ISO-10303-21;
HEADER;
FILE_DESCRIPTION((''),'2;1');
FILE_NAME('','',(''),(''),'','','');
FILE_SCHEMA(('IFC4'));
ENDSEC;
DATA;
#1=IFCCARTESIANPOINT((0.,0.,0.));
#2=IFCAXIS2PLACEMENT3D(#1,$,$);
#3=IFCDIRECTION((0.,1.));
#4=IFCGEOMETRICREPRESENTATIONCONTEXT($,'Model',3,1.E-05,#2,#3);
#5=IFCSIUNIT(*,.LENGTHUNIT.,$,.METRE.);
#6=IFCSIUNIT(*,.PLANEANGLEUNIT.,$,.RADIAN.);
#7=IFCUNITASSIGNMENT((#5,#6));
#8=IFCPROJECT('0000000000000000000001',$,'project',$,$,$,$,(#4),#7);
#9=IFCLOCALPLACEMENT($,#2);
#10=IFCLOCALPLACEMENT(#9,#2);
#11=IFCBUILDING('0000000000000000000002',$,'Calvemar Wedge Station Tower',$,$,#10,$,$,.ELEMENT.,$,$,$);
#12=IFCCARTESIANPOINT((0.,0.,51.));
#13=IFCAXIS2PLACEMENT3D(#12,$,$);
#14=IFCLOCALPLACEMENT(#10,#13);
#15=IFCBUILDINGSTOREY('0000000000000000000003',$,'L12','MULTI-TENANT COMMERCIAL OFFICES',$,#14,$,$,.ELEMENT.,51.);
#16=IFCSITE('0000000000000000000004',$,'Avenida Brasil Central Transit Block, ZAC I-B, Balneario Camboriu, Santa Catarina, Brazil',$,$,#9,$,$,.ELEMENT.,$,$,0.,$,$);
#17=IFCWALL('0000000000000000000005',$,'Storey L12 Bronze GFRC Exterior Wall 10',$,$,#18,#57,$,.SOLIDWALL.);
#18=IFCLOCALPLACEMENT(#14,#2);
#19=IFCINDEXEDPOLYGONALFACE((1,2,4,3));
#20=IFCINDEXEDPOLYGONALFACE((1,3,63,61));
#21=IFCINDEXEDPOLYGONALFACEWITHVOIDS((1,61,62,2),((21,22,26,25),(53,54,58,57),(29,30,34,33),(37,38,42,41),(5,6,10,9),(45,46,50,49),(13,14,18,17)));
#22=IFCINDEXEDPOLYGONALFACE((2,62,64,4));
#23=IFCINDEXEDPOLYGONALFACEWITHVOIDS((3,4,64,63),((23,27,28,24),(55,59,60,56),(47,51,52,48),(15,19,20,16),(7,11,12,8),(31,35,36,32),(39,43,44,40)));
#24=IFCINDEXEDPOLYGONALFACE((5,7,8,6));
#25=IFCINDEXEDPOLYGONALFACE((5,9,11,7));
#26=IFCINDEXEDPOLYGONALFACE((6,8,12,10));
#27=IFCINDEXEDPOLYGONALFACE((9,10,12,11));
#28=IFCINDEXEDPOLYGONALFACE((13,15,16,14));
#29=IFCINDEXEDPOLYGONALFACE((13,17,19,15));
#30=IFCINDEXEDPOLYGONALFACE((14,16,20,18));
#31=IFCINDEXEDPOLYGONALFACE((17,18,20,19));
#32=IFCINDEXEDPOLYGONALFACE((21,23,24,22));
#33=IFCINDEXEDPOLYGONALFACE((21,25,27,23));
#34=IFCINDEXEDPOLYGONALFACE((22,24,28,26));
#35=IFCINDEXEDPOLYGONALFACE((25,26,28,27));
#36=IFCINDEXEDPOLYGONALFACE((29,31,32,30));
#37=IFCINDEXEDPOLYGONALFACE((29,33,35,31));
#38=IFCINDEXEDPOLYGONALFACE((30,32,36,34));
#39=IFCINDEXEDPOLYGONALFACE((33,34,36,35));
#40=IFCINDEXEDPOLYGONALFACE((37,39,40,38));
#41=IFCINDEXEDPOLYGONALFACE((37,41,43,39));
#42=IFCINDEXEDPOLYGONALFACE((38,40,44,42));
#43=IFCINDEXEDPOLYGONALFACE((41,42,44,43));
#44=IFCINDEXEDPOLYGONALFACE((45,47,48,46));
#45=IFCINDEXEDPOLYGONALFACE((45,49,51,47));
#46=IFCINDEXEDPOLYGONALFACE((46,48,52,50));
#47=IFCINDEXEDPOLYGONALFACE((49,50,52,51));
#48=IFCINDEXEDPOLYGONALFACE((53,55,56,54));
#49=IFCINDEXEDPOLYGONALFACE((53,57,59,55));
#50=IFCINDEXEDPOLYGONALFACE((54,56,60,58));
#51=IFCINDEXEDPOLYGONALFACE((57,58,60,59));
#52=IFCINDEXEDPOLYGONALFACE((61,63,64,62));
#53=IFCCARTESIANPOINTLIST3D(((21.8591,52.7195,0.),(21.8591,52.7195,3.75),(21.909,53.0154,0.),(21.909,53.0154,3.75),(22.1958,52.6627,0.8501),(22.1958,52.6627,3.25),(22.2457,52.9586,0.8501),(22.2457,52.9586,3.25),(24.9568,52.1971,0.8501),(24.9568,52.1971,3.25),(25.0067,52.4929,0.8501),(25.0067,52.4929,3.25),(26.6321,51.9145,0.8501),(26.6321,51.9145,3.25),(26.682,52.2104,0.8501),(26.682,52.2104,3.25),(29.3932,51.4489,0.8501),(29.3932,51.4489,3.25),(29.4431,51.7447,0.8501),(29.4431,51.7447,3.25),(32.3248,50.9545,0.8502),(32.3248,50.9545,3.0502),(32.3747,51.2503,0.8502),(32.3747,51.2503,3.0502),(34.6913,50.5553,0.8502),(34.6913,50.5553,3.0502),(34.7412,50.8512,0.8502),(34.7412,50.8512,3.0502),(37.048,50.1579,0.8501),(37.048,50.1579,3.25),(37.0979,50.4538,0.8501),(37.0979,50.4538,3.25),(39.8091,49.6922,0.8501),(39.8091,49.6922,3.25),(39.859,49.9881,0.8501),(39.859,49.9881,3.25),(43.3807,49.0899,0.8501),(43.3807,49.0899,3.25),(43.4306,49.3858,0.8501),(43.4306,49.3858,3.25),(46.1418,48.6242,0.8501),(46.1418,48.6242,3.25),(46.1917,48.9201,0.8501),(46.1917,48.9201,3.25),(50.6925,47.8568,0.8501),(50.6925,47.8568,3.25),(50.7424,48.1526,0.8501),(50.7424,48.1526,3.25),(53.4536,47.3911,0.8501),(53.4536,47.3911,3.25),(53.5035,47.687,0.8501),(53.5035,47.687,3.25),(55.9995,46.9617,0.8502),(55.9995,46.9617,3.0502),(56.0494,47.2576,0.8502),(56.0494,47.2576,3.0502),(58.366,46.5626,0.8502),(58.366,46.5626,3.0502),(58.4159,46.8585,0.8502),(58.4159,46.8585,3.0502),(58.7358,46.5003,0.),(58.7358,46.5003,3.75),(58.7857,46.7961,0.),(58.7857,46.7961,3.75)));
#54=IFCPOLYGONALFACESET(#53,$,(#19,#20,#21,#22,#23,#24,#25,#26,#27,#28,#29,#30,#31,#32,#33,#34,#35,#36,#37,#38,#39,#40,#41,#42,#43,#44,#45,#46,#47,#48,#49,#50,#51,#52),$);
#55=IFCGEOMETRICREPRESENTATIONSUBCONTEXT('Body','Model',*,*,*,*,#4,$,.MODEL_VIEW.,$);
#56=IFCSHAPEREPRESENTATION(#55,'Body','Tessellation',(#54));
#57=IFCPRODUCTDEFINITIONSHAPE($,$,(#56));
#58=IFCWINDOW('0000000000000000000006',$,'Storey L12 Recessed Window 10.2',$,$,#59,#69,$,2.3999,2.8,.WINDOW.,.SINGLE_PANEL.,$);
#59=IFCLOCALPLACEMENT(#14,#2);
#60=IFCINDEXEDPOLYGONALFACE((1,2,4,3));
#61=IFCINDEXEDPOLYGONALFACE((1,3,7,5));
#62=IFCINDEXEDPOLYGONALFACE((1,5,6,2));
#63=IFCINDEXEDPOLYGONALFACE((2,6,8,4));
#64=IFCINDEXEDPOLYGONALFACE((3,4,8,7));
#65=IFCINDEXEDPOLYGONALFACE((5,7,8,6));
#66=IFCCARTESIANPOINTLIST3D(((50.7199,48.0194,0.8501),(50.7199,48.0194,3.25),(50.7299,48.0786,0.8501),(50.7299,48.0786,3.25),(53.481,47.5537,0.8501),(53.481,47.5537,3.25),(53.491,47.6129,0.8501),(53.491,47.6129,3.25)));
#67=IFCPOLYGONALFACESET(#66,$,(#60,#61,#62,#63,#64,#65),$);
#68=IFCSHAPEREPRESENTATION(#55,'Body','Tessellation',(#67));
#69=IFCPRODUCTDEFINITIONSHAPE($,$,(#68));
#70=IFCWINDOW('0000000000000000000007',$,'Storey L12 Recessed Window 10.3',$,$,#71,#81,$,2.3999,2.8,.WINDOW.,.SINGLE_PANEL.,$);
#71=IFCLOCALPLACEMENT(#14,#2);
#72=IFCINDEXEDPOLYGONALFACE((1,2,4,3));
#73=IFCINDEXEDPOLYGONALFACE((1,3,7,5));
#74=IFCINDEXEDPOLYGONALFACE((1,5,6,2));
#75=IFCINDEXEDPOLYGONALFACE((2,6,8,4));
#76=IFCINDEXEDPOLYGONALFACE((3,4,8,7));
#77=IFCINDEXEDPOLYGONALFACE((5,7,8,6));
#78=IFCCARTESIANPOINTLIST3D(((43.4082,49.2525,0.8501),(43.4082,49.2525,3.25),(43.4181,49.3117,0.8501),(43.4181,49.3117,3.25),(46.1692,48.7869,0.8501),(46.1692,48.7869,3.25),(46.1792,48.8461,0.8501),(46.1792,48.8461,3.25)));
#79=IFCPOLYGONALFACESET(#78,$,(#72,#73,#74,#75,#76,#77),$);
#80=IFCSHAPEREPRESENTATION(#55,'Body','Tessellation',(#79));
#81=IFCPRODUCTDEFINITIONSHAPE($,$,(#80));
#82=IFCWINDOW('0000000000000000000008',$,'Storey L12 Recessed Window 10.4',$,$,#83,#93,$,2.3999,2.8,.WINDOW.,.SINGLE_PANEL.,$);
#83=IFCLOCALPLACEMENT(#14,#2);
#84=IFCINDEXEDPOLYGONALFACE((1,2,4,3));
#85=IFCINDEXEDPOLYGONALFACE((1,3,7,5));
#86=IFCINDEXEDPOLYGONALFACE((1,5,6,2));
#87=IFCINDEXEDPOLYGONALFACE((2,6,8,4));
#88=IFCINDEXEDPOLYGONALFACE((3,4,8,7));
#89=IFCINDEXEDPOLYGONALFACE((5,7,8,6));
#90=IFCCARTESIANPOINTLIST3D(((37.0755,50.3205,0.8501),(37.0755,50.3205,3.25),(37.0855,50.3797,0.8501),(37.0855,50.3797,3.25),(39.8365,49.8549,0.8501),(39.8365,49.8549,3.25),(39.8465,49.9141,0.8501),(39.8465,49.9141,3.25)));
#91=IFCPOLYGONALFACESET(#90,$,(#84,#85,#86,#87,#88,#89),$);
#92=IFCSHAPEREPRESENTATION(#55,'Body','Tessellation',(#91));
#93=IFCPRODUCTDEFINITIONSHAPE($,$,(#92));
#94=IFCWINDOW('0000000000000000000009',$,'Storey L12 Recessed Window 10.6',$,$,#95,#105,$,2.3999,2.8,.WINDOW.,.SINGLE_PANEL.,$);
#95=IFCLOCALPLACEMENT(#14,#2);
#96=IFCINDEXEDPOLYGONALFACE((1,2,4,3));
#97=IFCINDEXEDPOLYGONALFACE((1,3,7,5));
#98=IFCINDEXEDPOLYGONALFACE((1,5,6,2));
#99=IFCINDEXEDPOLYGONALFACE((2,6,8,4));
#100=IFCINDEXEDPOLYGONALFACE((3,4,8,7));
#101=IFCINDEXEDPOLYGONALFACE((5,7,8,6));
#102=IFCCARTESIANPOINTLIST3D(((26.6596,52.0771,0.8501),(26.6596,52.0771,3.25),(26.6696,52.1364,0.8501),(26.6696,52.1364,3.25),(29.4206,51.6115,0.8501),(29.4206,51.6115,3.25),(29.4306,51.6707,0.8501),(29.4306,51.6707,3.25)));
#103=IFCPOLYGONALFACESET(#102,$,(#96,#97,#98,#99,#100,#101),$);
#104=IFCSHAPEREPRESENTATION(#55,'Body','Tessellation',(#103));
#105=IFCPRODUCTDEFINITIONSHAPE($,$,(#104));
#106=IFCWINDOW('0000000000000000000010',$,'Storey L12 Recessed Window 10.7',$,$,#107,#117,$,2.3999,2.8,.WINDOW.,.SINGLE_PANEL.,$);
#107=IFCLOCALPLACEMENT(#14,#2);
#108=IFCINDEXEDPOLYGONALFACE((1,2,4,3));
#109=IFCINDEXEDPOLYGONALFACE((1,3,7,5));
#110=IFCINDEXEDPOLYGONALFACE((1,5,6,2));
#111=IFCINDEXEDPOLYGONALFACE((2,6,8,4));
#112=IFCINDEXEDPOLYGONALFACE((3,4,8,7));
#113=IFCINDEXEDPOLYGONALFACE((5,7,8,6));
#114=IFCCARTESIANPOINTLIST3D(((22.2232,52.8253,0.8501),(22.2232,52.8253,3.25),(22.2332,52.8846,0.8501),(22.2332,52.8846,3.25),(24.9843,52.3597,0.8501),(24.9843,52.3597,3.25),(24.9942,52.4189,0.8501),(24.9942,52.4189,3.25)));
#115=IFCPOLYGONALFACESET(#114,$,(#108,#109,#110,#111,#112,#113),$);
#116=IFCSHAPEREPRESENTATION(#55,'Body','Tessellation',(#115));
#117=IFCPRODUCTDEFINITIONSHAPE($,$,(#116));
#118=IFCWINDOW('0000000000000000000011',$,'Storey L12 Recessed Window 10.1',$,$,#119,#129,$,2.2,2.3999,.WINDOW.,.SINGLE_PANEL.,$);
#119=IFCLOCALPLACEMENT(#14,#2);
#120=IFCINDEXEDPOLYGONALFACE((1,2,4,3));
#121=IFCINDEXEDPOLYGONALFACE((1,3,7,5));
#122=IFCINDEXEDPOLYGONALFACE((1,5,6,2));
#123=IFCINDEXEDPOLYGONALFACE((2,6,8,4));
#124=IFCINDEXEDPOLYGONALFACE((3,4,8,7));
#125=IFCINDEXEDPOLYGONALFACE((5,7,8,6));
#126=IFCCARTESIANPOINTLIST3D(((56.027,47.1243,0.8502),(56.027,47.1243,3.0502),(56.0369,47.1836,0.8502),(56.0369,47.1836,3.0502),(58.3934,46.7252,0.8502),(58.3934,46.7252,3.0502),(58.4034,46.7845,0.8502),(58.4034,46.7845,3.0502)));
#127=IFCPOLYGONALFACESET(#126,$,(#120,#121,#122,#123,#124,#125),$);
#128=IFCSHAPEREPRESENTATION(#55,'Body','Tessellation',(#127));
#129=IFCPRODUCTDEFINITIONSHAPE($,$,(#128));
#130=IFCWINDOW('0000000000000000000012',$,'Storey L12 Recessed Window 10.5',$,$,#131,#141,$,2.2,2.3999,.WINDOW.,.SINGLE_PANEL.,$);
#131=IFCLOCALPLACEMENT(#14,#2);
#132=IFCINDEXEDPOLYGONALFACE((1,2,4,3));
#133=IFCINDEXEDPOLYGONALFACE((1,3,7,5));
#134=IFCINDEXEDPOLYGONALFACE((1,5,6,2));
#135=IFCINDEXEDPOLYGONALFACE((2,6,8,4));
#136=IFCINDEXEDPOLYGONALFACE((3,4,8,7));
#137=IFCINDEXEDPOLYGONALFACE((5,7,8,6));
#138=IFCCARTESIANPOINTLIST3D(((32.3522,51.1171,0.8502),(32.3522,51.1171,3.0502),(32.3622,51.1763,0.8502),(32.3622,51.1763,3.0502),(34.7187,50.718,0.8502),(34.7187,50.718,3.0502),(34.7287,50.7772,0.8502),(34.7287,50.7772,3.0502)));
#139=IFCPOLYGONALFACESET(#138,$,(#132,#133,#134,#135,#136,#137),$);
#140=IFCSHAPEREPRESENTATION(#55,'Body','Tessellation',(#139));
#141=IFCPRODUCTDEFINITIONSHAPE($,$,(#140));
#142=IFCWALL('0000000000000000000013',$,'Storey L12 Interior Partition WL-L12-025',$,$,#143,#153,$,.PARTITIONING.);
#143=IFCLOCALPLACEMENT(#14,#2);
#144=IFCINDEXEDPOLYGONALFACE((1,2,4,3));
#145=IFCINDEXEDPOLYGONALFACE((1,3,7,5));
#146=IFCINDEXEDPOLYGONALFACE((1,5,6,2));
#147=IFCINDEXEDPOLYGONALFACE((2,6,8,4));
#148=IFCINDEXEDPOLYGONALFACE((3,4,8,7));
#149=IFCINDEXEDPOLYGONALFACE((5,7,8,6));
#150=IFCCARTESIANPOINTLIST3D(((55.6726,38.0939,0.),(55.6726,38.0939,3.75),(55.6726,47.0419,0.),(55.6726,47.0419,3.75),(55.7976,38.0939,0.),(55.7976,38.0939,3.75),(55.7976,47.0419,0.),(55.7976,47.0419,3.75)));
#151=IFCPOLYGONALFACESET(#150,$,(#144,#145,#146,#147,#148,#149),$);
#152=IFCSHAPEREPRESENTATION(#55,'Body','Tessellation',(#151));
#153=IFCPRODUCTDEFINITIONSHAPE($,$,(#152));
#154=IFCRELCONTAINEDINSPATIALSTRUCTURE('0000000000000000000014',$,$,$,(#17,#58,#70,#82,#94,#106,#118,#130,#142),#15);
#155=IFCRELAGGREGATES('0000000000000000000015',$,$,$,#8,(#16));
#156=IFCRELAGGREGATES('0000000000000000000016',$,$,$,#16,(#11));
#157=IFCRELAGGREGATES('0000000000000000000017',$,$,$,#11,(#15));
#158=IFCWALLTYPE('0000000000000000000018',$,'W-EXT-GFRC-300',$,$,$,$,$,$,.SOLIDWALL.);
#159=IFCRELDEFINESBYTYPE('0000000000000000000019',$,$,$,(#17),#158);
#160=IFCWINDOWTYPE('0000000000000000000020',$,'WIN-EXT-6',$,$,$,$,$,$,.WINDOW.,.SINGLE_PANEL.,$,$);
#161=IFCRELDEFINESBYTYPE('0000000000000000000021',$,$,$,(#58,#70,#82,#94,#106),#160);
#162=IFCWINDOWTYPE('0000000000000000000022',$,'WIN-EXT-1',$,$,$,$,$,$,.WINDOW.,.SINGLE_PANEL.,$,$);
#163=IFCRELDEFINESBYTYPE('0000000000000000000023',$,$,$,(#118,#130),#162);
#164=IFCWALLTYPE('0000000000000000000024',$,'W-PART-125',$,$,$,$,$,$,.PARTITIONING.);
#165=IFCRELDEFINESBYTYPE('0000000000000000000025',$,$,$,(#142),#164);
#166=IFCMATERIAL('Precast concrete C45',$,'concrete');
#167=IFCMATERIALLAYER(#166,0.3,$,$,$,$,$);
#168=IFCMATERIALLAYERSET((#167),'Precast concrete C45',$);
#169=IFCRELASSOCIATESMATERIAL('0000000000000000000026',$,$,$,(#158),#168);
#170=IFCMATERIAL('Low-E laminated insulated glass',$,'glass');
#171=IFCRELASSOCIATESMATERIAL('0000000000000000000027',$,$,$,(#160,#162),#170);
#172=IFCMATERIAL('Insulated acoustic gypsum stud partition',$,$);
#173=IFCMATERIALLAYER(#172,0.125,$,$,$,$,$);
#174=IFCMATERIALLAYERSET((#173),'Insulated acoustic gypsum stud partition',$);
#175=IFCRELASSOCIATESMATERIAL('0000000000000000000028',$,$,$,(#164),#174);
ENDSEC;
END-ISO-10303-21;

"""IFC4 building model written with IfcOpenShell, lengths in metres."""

from ifc_helpers import new_model, si_unit, direction, frame, frame_2d, origin, place, context, subcontext, project, spatial, rectangle, extrude, source, transform, mapped, material, layer, layer_set, type_object, element, fill, save


model = new_model("IFC4")

# Units and contexts
model_context = context("Model", 3, precision=1e-05, world=origin(), true_north=direction((0.0, 1.0)))
body_context = subcontext(model_context, "Body", "Model", "MODEL_VIEW")
ifc_project = project(units=[si_unit("LENGTHUNIT", "METRE"), si_unit("PLANEANGLEUNIT", "RADIAN")], contexts=[model_context])

# Site, building, storey
site_placement = place(None, origin())
site = spatial("IfcSite", under=ifc_project, at=site_placement, Name="Avenida Brasil Central Transit Block, ZAC I-B, Balneario Camboriu, Santa Catarina, Brazil", CompositionType="ELEMENT", RefElevation=0.0)
building_placement = place(site_placement, origin())
building = spatial("IfcBuilding", under=site, at=building_placement, Name="Calvemar Wedge Station Tower", CompositionType="ELEMENT")
storey_placement = place(building_placement, frame((0.0, 0.0, 51.0)))
storey = spatial("IfcBuildingStorey", under=building, at=storey_placement, Name="L12", Description="MULTI-TENANT COMMERCIAL OFFICES", CompositionType="ELEMENT", Elevation=51.0)

# Shared definitions
ifc_material_1 = material(Name="Low-E laminated insulated glass", Category="glass")

# Shared definitions
ifc_material_2 = material(Name="Precast concrete C45", Category="concrete")

# Shared definitions
ifc_layer_1 = layer(ifc_material_2, 0.3)
ifc_layer_set_1 = layer_set([ifc_layer_1], Name="Precast concrete C45")
wall_type_1 = type_object("IfcWallType", Name="W-EXT-GFRC-300", PredefinedType="SOLIDWALL", material=ifc_layer_set_1)

# Wall, openings, windows
wall_1_placement = place(storey_placement, frame((58.7607, 46.6482, 0.0), z_axis=(0.0, 0.0, 1.0), x_axis=(-0.986075, 0.166301, 0.0)))
wall_1 = element("IfcWall", 1, at=wall_1_placement, inside=storey, type_object=wall_type_1, Name="Storey L12 Bronze GFRC Exterior Wall 10", PredefinedType="SOLIDWALL", context=body_context, shape_type="SweptSolid", body=[
    extrude(rectangle(XDim=37.3975, YDim=0.3, at=frame_2d((18.6987, 0.0))), origin(), (0.0, 0.0, 1.0), 3.75),
])
shared_shape_1 = source(origin(), body_context, "Body", "SweptSolid", [
    extrude(rectangle(XDim=2.3999, YDim=2.2, at=frame_2d((1.2, 1.1001))), frame((0.0, 0.1602, 0.0), z_axis=(0.0, -1.0, 0.0), x_axis=(1.0, 0.0, 0.0)), (0.0, 0.0, 1.0), 0.3201),
])
opening_1_placement = place(wall_1_placement, frame((0.375, 0.0, 0.8501)))
opening_1 = element("IfcOpeningElement", 2, at=opening_1_placement, cuts=wall_1, PredefinedType="OPENING", context=body_context, shape_type="MappedRepresentation", body=[
    mapped(shared_shape_1, transform((0.0, 0.0, 0.0), scale=1.0)),
])
shared_shape_2 = source(origin(), body_context, "Body", "SweptSolid", [
    extrude(rectangle(XDim=2.8, YDim=2.3999, at=frame_2d((1.3999, 1.2))), frame((0.0, 0.1602, 0.0), z_axis=(0.0, -1.0, 0.0), x_axis=(1.0, 0.0, 0.0)), (0.0, 0.0, 1.0), 0.3201),
])
opening_2_placement = place(wall_1_placement, frame((5.3569, 0.0, 0.8501)))
opening_2 = element("IfcOpeningElement", 3, at=opening_2_placement, cuts=wall_1, PredefinedType="OPENING", context=body_context, shape_type="MappedRepresentation", body=[
    mapped(shared_shape_2, transform((0.0, 0.0, 0.0), scale=1.0)),
])
opening_3_placement = place(wall_1_placement, frame((12.772, 0.0, 0.8501)))
opening_3 = element("IfcOpeningElement", 4, at=opening_3_placement, cuts=wall_1, PredefinedType="OPENING", context=body_context, shape_type="MappedRepresentation", body=[
    mapped(shared_shape_2, transform((0.0, 0.0, 0.0), scale=1.0)),
])
opening_4_placement = place(wall_1_placement, frame((19.1941, 0.0, 0.8501)))
opening_4 = element("IfcOpeningElement", 5, at=opening_4_placement, cuts=wall_1, PredefinedType="OPENING", context=body_context, shape_type="MappedRepresentation", body=[
    mapped(shared_shape_2, transform((0.0, 0.0, 0.0), scale=1.0)),
])
opening_5_placement = place(wall_1_placement, frame((24.384, 0.0, 0.8501)))
opening_5 = element("IfcOpeningElement", 6, at=opening_5_placement, cuts=wall_1, PredefinedType="OPENING", context=body_context, shape_type="MappedRepresentation", body=[
    mapped(shared_shape_1, transform((0.0, 0.0, 0.0), scale=1.0)),
])
opening_6_placement = place(wall_1_placement, frame((29.7571, 0.0, 0.8501)))
opening_6 = element("IfcOpeningElement", 7, at=opening_6_placement, cuts=wall_1, PredefinedType="OPENING", context=body_context, shape_type="MappedRepresentation", body=[
    mapped(shared_shape_2, transform((0.0, 0.0, 0.0), scale=1.0)),
])
opening_7_placement = place(wall_1_placement, frame((34.2561, 0.0, 0.8501)))
opening_7 = element("IfcOpeningElement", 8, at=opening_7_placement, cuts=wall_1, PredefinedType="OPENING", context=body_context, shape_type="MappedRepresentation", body=[
    mapped(shared_shape_2, transform((0.0, 0.0, 0.0), scale=1.0)),
])
window_type_1 = type_object("IfcWindowType", Name="WIN-EXT-6", PartitioningType="SINGLE_PANEL", PredefinedType="WINDOW", material=ifc_material_1)
shared_shape_3 = source(origin(), body_context, "Body", "SweptSolid", [
    extrude(rectangle(XDim=2.8, YDim=2.3999, at=frame_2d((1.3999, 1.2))), frame((0.0, -0.0149, 0.0), z_axis=(0.0, -1.0, 0.0), x_axis=(1.0, 0.0, 0.0)), (0.0, 0.0, 1.0), 0.0601),
])
window_1_placement = place(opening_2_placement, origin())
window_1 = element("IfcWindow", 9, at=window_1_placement, inside=storey, type_object=window_type_1, Name="Storey L12 Recessed Window 10.2", OverallHeight=2.3999, OverallWidth=2.8, PartitioningType="SINGLE_PANEL", PredefinedType="WINDOW", context=body_context, shape_type="MappedRepresentation", body=[
    mapped(shared_shape_3, transform((0.0, 0.0, 0.0), scale=1.0)),
])
fill(opening_2, window_1)
window_2_placement = place(opening_3_placement, origin())
window_2 = element("IfcWindow", 10, at=window_2_placement, inside=storey, type_object=window_type_1, Name="Storey L12 Recessed Window 10.3", OverallHeight=2.3999, OverallWidth=2.8, PartitioningType="SINGLE_PANEL", PredefinedType="WINDOW", context=body_context, shape_type="MappedRepresentation", body=[
    mapped(shared_shape_3, transform((0.0, 0.0, 0.0), scale=1.0)),
])
fill(opening_3, window_2)
window_3_placement = place(opening_4_placement, origin())
window_3 = element("IfcWindow", 11, at=window_3_placement, inside=storey, type_object=window_type_1, Name="Storey L12 Recessed Window 10.4", OverallHeight=2.3999, OverallWidth=2.8, PartitioningType="SINGLE_PANEL", PredefinedType="WINDOW", context=body_context, shape_type="MappedRepresentation", body=[
    mapped(shared_shape_3, transform((0.0, 0.0, 0.0), scale=1.0)),
])
fill(opening_4, window_3)
window_4_placement = place(opening_6_placement, origin())
window_4 = element("IfcWindow", 12, at=window_4_placement, inside=storey, type_object=window_type_1, Name="Storey L12 Recessed Window 10.6", OverallHeight=2.3999, OverallWidth=2.8, PartitioningType="SINGLE_PANEL", PredefinedType="WINDOW", context=body_context, shape_type="MappedRepresentation", body=[
    mapped(shared_shape_3, transform((0.0, 0.0, 0.0), scale=1.0)),
])
fill(opening_6, window_4)
window_5_placement = place(opening_7_placement, origin())
window_5 = element("IfcWindow", 13, at=window_5_placement, inside=storey, type_object=window_type_1, Name="Storey L12 Recessed Window 10.7", OverallHeight=2.3999, OverallWidth=2.8, PartitioningType="SINGLE_PANEL", PredefinedType="WINDOW", context=body_context, shape_type="MappedRepresentation", body=[
    mapped(shared_shape_3, transform((0.0, 0.0, 0.0), scale=1.0)),
])
fill(opening_7, window_5)
window_type_2 = type_object("IfcWindowType", Name="WIN-EXT-1", PartitioningType="SINGLE_PANEL", PredefinedType="WINDOW", material=ifc_material_1)
shared_shape_4 = source(origin(), body_context, "Body", "SweptSolid", [
    extrude(rectangle(XDim=2.3999, YDim=2.2, at=frame_2d((1.2, 1.1001))), frame((0.0, -0.0149, 0.0), z_axis=(0.0, -1.0, 0.0), x_axis=(1.0, 0.0, 0.0)), (0.0, 0.0, 1.0), 0.0601),
])
window_6_placement = place(opening_1_placement, origin())
window_6 = element("IfcWindow", 14, at=window_6_placement, inside=storey, type_object=window_type_2, Name="Storey L12 Recessed Window 10.1", OverallHeight=2.2, OverallWidth=2.3999, PartitioningType="SINGLE_PANEL", PredefinedType="WINDOW", context=body_context, shape_type="MappedRepresentation", body=[
    mapped(shared_shape_4, transform((0.0, 0.0, 0.0), scale=1.0)),
])
fill(opening_1, window_6)
window_7_placement = place(opening_5_placement, origin())
window_7 = element("IfcWindow", 15, at=window_7_placement, inside=storey, type_object=window_type_2, Name="Storey L12 Recessed Window 10.5", OverallHeight=2.2, OverallWidth=2.3999, PartitioningType="SINGLE_PANEL", PredefinedType="WINDOW", context=body_context, shape_type="MappedRepresentation", body=[
    mapped(shared_shape_4, transform((0.0, 0.0, 0.0), scale=1.0)),
])
fill(opening_5, window_7)

# Wall
ifc_material_3 = material(Name="Insulated acoustic gypsum stud partition")
ifc_layer_2 = layer(ifc_material_3, 0.125)
ifc_layer_set_2 = layer_set([ifc_layer_2], Name="Insulated acoustic gypsum stud partition")
wall_type_2 = type_object("IfcWallType", Name="W-PART-125", PredefinedType="PARTITIONING", material=ifc_layer_set_2)
wall_2_placement = place(storey_placement, frame((55.7351, 47.042, 0.0), z_axis=(0.0, 0.0, 1.0), x_axis=(0.0, -1.0, 0.0)))
element("IfcWall", 16, at=wall_2_placement, inside=storey, type_object=wall_type_2, Name="Storey L12 Interior Partition WL-L12-025", PredefinedType="PARTITIONING", context=body_context, shape_type="SweptSolid", body=[
    extrude(rectangle(XDim=8.948, YDim=0.125, at=frame_2d((4.4741, 0.0))), origin(), (0.0, 0.0, 1.0), 3.75),
])

save(model, "model.ifc")
